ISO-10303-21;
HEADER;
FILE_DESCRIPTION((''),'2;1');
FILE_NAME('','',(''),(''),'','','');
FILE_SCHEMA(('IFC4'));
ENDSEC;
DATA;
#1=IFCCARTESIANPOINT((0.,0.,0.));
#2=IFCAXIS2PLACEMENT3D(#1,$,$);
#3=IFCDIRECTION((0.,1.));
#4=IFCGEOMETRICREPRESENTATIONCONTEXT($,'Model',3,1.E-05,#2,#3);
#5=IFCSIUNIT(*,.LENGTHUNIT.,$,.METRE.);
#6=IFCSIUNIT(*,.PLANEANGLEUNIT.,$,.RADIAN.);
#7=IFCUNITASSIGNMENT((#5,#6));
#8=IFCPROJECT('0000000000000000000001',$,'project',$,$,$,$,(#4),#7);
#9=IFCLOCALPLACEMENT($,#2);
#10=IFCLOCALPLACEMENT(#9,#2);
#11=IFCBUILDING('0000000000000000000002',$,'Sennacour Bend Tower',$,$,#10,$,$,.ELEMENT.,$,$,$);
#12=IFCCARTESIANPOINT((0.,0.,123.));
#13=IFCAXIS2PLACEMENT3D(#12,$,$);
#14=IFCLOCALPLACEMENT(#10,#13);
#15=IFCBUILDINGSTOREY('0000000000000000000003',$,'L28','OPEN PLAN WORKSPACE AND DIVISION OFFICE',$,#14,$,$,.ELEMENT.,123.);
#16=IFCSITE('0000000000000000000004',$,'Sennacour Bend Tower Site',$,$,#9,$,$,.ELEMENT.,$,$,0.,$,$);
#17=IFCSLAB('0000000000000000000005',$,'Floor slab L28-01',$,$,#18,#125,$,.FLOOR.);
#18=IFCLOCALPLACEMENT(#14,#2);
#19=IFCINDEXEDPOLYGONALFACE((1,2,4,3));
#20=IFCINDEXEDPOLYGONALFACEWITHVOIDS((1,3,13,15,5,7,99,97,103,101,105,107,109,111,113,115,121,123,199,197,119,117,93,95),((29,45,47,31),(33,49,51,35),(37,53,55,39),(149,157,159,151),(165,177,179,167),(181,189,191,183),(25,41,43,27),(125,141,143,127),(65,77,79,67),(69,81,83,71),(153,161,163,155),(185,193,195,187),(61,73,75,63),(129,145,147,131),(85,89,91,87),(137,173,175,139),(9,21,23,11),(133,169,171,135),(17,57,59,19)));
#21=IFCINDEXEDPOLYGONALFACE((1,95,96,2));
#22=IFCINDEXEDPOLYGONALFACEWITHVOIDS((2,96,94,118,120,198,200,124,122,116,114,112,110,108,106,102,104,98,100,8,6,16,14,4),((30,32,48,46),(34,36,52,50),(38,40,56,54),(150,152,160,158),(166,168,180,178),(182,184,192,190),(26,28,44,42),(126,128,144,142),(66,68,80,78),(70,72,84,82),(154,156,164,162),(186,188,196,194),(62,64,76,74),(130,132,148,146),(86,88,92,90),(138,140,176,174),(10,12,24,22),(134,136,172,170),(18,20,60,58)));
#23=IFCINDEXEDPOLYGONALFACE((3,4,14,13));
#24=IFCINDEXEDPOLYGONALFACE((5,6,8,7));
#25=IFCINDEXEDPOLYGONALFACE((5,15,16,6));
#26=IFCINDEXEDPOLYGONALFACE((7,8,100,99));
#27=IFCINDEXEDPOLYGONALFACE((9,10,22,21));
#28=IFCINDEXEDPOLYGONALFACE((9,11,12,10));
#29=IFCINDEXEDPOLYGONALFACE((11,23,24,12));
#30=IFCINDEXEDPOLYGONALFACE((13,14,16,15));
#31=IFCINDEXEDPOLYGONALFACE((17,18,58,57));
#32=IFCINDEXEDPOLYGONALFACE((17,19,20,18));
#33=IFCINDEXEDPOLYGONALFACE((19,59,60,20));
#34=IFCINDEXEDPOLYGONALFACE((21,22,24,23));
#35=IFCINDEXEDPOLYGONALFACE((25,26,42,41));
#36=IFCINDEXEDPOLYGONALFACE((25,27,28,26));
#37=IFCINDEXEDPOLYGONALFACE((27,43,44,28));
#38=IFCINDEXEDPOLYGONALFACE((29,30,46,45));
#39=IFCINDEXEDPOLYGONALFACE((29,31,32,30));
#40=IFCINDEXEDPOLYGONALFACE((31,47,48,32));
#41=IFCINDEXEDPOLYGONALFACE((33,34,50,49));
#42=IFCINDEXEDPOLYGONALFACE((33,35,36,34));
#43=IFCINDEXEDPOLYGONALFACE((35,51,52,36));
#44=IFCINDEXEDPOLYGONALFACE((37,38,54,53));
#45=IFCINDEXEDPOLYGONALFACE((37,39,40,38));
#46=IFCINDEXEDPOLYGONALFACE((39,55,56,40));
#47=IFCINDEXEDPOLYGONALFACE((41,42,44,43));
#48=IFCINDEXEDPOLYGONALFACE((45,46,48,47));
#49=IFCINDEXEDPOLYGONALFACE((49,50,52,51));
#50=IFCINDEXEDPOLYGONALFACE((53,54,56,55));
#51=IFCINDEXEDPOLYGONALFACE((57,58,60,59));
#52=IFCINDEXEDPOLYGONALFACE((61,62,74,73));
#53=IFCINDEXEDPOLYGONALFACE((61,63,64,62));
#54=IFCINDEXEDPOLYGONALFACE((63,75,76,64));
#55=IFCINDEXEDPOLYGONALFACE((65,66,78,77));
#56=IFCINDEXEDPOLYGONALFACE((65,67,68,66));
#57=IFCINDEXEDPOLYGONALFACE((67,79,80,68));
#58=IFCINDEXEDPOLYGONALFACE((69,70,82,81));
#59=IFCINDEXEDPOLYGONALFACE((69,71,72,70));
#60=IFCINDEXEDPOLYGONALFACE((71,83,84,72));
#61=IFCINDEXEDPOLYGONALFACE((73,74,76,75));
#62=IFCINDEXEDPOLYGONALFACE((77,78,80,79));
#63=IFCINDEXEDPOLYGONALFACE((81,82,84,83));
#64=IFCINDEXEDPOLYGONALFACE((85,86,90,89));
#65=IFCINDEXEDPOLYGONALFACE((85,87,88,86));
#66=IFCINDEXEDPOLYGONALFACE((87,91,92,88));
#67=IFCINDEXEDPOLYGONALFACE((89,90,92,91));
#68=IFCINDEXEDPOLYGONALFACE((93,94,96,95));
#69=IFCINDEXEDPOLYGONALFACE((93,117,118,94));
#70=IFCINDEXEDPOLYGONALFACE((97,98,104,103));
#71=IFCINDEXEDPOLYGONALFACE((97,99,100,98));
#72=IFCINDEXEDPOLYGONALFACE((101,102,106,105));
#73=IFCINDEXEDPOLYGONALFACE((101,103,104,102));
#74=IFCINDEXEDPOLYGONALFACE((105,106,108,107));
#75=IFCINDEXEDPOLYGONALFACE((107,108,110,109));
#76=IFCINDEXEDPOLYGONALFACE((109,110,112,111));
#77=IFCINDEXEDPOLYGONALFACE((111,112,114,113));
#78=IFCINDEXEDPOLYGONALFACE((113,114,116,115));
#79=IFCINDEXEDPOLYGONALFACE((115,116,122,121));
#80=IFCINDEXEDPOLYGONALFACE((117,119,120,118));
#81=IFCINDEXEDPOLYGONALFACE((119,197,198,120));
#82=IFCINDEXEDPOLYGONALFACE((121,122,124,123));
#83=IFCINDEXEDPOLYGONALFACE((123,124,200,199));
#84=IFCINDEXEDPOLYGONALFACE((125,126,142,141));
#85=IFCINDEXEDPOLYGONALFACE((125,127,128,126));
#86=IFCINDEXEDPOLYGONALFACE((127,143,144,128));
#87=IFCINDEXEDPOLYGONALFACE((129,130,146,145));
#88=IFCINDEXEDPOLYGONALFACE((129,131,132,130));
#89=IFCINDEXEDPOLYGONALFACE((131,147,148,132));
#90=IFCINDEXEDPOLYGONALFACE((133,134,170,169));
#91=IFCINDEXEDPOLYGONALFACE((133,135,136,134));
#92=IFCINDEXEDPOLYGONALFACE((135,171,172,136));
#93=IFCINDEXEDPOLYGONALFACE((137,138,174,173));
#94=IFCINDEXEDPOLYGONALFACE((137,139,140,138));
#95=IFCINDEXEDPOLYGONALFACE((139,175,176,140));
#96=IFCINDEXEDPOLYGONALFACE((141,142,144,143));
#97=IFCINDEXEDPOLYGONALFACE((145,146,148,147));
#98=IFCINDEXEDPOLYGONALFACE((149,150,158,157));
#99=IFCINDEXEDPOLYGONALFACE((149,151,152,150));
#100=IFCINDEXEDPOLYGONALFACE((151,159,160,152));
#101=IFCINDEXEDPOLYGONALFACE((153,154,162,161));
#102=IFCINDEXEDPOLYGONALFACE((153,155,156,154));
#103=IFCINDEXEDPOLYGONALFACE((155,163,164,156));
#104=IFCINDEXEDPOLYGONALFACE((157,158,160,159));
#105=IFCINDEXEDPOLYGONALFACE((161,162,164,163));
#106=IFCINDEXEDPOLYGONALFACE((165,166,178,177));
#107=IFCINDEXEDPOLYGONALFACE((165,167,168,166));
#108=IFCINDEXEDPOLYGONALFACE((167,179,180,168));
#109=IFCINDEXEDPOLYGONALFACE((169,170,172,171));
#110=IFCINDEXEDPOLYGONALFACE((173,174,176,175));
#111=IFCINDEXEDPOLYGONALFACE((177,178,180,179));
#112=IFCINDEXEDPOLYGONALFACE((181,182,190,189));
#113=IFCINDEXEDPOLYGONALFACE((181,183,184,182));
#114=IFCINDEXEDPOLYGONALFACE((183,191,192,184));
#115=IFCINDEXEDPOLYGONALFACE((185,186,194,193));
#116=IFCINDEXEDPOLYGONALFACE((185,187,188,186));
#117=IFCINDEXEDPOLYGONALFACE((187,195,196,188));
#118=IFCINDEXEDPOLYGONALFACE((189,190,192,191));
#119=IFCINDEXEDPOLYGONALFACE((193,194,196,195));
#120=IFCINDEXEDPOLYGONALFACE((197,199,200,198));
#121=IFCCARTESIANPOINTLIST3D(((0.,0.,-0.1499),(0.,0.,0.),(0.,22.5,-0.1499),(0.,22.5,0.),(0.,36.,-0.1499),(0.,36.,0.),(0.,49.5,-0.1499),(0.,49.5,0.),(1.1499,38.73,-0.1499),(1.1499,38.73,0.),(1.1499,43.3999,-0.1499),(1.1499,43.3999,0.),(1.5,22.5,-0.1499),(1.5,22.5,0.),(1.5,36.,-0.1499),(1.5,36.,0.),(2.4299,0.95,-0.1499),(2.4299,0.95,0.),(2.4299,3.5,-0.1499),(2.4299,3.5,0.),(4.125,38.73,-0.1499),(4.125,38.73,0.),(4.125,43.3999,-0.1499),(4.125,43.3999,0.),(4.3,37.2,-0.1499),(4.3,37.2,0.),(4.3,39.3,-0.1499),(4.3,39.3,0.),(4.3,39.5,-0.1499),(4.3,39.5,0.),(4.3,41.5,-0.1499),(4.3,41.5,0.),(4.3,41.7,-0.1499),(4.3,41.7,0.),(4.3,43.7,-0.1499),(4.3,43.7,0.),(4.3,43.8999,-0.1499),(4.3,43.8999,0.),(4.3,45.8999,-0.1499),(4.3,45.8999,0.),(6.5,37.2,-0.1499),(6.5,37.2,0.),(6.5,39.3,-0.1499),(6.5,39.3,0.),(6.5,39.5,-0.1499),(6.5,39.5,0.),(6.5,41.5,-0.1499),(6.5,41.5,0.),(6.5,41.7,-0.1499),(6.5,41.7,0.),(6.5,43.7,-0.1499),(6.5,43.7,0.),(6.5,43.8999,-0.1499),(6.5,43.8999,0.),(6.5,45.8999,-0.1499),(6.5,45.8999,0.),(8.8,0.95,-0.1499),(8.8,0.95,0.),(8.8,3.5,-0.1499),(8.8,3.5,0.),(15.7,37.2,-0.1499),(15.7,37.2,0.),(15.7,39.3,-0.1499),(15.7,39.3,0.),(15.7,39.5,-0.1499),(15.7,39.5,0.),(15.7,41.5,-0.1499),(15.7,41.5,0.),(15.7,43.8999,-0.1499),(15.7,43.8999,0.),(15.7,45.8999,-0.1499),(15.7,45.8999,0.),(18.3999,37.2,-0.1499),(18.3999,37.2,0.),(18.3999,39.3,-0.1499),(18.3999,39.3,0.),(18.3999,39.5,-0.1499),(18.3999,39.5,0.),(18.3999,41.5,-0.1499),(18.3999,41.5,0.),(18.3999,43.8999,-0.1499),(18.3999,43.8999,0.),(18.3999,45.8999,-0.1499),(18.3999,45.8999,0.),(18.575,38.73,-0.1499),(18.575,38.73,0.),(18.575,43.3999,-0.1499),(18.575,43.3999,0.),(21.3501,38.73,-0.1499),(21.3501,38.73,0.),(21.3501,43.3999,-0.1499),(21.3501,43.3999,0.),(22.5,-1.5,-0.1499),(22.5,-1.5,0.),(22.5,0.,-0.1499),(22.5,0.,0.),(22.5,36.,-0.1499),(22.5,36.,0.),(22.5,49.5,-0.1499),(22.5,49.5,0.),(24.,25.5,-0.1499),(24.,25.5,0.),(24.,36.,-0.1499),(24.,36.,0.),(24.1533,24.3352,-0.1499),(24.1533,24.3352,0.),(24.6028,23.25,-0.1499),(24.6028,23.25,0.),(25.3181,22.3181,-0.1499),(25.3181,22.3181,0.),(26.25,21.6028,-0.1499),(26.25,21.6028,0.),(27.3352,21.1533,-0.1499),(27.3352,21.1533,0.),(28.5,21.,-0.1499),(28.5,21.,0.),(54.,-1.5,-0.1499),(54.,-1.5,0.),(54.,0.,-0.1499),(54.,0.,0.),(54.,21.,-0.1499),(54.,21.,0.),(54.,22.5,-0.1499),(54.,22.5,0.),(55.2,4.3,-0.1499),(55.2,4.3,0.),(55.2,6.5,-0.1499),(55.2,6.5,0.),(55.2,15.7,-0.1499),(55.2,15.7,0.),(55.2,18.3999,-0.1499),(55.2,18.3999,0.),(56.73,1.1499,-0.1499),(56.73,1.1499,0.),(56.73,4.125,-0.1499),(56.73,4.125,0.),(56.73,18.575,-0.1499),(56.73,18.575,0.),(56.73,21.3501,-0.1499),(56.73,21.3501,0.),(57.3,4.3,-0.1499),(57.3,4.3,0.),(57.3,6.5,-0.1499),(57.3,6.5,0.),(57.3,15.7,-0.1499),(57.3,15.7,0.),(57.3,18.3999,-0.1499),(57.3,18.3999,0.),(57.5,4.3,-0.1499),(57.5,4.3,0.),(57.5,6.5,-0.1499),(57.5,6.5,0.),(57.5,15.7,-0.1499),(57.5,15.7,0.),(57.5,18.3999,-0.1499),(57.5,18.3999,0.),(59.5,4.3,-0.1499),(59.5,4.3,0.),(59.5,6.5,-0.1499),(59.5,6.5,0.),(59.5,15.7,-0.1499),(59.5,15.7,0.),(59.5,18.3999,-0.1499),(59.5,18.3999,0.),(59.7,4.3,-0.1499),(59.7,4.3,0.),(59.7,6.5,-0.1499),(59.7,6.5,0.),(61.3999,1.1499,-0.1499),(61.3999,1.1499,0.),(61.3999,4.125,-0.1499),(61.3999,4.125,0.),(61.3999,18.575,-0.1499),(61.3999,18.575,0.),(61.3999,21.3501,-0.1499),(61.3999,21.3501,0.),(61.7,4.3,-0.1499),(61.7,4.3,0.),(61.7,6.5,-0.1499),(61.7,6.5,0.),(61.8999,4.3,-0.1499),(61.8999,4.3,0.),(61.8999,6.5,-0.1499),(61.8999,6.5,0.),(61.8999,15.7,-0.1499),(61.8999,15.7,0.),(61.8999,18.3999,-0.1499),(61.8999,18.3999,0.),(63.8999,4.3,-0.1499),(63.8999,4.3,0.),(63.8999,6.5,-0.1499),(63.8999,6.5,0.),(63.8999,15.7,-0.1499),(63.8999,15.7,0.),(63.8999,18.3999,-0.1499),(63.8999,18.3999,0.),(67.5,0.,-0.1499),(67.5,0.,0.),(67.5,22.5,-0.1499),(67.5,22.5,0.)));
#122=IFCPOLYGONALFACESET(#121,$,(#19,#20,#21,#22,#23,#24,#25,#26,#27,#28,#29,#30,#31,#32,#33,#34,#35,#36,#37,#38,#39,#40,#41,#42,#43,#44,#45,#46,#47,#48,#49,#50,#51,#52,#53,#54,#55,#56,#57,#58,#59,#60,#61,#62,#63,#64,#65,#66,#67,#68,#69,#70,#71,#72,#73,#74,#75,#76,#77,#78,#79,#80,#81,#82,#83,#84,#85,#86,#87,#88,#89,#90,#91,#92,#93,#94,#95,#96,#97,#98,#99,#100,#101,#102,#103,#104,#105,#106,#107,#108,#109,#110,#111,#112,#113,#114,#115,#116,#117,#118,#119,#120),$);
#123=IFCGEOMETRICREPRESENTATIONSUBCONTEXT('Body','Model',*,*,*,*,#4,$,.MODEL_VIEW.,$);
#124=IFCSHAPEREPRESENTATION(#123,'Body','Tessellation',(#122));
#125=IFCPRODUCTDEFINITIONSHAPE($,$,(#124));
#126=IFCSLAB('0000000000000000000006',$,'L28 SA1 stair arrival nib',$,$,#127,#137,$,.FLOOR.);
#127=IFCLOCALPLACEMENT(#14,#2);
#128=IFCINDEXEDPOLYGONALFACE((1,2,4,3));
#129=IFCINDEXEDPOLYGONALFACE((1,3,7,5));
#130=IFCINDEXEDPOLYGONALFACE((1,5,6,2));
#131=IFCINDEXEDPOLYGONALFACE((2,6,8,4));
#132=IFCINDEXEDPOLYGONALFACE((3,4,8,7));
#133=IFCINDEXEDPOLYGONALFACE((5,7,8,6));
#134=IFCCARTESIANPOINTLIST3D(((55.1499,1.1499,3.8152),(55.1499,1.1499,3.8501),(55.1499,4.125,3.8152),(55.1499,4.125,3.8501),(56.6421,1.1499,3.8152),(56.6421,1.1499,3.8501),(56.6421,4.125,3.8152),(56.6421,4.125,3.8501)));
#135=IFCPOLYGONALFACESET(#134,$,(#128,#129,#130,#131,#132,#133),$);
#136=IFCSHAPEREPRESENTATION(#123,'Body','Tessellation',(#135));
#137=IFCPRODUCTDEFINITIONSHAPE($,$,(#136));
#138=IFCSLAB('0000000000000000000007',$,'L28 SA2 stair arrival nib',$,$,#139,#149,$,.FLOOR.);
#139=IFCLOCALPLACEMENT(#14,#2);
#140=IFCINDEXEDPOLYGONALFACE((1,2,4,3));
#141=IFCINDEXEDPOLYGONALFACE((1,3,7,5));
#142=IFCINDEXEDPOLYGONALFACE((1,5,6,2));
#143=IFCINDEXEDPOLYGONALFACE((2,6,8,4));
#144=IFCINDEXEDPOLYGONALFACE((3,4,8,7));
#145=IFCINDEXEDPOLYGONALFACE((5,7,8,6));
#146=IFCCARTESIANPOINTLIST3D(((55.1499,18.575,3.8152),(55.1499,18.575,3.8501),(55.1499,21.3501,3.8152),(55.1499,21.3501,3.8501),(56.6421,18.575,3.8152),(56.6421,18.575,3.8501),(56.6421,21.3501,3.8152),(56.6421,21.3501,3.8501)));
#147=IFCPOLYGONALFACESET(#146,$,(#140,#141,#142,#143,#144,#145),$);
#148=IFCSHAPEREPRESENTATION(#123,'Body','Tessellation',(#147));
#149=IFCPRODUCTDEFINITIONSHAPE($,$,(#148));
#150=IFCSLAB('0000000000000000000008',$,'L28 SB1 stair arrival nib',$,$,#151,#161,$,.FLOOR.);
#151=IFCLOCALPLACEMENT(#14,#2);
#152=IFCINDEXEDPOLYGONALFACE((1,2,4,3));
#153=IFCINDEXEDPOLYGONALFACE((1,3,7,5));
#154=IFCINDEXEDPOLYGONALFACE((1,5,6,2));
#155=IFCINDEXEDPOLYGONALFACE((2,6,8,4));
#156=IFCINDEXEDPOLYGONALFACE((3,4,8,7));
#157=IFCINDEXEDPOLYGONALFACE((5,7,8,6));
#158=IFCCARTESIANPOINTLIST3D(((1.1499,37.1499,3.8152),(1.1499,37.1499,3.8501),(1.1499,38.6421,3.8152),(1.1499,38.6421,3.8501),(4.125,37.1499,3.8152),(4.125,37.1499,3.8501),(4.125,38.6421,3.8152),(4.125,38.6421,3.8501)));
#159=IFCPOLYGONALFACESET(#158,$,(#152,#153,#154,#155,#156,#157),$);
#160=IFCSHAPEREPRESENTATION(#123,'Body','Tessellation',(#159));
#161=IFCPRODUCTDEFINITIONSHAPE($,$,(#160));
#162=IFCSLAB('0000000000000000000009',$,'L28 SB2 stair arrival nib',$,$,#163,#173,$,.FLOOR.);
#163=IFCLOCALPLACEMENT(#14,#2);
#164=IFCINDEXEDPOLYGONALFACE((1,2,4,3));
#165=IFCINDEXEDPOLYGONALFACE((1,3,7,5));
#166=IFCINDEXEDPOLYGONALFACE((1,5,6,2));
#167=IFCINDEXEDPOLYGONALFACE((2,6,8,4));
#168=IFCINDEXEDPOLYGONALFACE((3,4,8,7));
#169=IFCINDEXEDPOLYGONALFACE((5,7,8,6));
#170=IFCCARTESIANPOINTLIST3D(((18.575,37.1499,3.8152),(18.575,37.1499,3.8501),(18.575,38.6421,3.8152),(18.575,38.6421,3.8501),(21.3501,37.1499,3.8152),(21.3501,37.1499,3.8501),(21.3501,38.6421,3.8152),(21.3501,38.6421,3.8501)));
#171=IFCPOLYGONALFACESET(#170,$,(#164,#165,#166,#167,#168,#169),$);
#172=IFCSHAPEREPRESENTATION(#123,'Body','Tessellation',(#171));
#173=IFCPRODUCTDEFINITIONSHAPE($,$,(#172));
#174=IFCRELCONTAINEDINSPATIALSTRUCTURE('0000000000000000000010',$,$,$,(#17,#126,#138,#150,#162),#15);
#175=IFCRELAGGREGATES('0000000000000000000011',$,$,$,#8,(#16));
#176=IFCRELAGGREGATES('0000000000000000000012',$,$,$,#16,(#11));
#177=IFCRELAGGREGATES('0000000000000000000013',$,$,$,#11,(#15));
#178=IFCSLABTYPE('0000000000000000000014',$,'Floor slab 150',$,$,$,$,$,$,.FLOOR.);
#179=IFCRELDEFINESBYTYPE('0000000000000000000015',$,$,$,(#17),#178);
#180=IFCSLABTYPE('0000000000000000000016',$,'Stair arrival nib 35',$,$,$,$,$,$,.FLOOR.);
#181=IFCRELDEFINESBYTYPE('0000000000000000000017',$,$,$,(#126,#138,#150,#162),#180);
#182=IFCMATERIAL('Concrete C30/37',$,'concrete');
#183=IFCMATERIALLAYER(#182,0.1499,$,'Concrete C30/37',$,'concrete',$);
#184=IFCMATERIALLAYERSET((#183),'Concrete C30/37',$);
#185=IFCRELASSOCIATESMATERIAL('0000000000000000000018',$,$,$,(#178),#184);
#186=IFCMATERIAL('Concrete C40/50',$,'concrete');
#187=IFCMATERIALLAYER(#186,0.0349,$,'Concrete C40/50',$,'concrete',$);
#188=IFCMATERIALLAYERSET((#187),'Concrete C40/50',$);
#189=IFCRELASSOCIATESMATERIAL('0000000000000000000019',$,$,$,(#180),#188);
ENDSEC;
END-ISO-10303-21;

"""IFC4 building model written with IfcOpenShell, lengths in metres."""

from ifc_helpers import new_model, si_unit, direction, frame, origin, place, context, subcontext, project, spatial, polyline, outline, extrude, material, layer, layer_set, type_object, element, save


model = new_model("IFC4")

# Units and contexts
model_context = context("Model", 3, precision=1e-05, world=origin(), true_north=direction((0.0, 1.0)))
body_context = subcontext(model_context, "Body", "Model", "MODEL_VIEW")
ifc_project = project(units=[si_unit("LENGTHUNIT", "METRE"), si_unit("PLANEANGLEUNIT", "RADIAN")], contexts=[model_context])

# Site, building, storey
site_placement = place(None, origin())
site = spatial("IfcSite", under=ifc_project, at=site_placement, Name="Sennacour Bend Tower Site", CompositionType="ELEMENT", RefElevation=0.0)
building_placement = place(site_placement, origin())
building = spatial("IfcBuilding", under=site, at=building_placement, Name="Sennacour Bend Tower", CompositionType="ELEMENT")
storey_placement = place(building_placement, frame((0.0, 0.0, 123.0)))
storey = spatial("IfcBuildingStorey", under=building, at=storey_placement, Name="L28", Description="OPEN PLAN WORKSPACE AND DIVISION OFFICE", CompositionType="ELEMENT", Elevation=123.0)

# Slabs
ifc_material_1 = material(Name="Concrete C30/37", Category="concrete")
ifc_layer_1 = layer(ifc_material_1, 0.1499, Name="Concrete C30/37", Category="concrete")
ifc_layer_set_1 = layer_set([ifc_layer_1], Name="Concrete C30/37")
slab_type_1 = type_object("IfcSlabType", Name="Floor slab 150", PredefinedType="FLOOR", material=ifc_layer_set_1)
slab_1_placement = place(storey_placement, frame((0.0, 0.0, -0.1499)))
element("IfcSlab", 1, at=slab_1_placement, inside=storey, type_object=slab_type_1, Name="Floor slab L28-01", PredefinedType="FLOOR", context=body_context, shape_type="SweptSolid", body=[
    extrude(outline(polyline([(22.5, 0.0), (0.0, 0.0), (0.0, 22.5), (1.5, 22.5), (1.5, 36.0), (0.0, 36.0), (0.0, 49.5), (22.5, 49.5), (22.5, 36.0), (24.0, 36.0), (24.0, 25.5), (24.1533, 24.3352), (24.6028, 23.25), (25.3181, 22.3181), (26.25, 21.6028), (27.3352, 21.1533), (28.5, 21.0), (54.0, 21.0), (54.0, 22.5), (67.5, 22.5), (67.5, 0.0), (54.0, 0.0), (54.0, -1.5), (22.5, -1.5), (22.5, 0.0)]), holes=[polyline([(8.8, 0.95), (8.8, 3.5), (2.4299, 3.5), (2.4299, 0.95), (8.8, 0.95)]), polyline([(6.5, 37.2), (6.5, 39.3), (4.3, 39.3), (4.3, 37.2), (6.5, 37.2)]), polyline([(18.3999, 37.2), (18.3999, 39.3), (15.7, 39.3), (15.7, 37.2), (18.3999, 37.2)]), polyline([(6.5, 39.5), (6.5, 41.5), (4.3, 41.5), (4.3, 39.5), (6.5, 39.5)]), polyline([(18.3999, 39.5), (18.3999, 41.5), (15.7, 41.5), (15.7, 39.5), (18.3999, 39.5)]), polyline([(4.125, 38.73), (4.125, 43.3999), (1.1499, 43.3999), (1.1499, 38.73), (4.125, 38.73)]), polyline([(21.3501, 38.73), (21.3501, 43.3999), (18.575, 43.3999), (18.575, 38.73), (21.3501, 38.73)]), polyline([(4.3, 41.7), (6.5, 41.7), (6.5, 43.7), (4.3, 43.7), (4.3, 41.7)]), polyline([(4.3, 43.8999), (6.5, 43.8999), (6.5, 45.8999), (4.3, 45.8999), (4.3, 43.8999)]), polyline([(18.3999, 43.8999), (18.3999, 45.8999), (15.7, 45.8999), (15.7, 43.8999), (18.3999, 43.8999)]), polyline([(61.3999, 1.1499), (61.3999, 4.125), (56.73, 4.125), (56.73, 1.1499), (61.3999, 1.1499)]), polyline([(57.3, 4.3), (57.3, 6.5), (55.2, 6.5), (55.2, 4.3), (57.3, 4.3)]), polyline([(57.5, 4.3), (59.5, 4.3), (59.5, 6.5), (57.5, 6.5), (57.5, 4.3)]), polyline([(59.7, 4.3), (61.7, 4.3), (61.7, 6.5), (59.7, 6.5), (59.7, 4.3)]), polyline([(63.8999, 4.3), (63.8999, 6.5), (61.8999, 6.5), (61.8999, 4.3), (63.8999, 4.3)]), polyline([(57.3, 15.7), (57.3, 18.3999), (55.2, 18.3999), (55.2, 15.7), (57.3, 15.7)]), polyline([(59.5, 15.7), (59.5, 18.3999), (57.5, 18.3999), (57.5, 15.7), (59.5, 15.7)]), polyline([(61.8999, 15.7), (63.8999, 15.7), (63.8999, 18.3999), (61.8999, 18.3999), (61.8999, 15.7)]), polyline([(56.73, 18.575), (61.3999, 18.575), (61.3999, 21.3501), (56.73, 21.3501), (56.73, 18.575)])]), origin(), (0.0, 0.0, 1.0), 0.1499),
])
ifc_material_2 = material(Name="Concrete C40/50", Category="concrete")
ifc_layer_2 = layer(ifc_material_2, 0.0349, Name="Concrete C40/50", Category="concrete")
ifc_layer_set_2 = layer_set([ifc_layer_2], Name="Concrete C40/50")
slab_type_2 = type_object("IfcSlabType", Name="Stair arrival nib 35", PredefinedType="FLOOR", material=ifc_layer_set_2)
slab_2_placement = place(storey_placement, frame((0.0, 0.0, 3.8152)))
element("IfcSlab", 2, at=slab_2_placement, inside=storey, type_object=slab_type_2, Name="L28 SA1 stair arrival nib", PredefinedType="FLOOR", context=body_context, shape_type="SweptSolid", body=[
    extrude(outline(polyline([(56.6421, 4.125), (55.1499, 4.125), (55.1499, 1.1499), (56.6421, 1.1499), (56.6421, 4.125)])), origin(), (0.0, 0.0, 1.0), 0.0349),
])
slab_3_placement = place(storey_placement, frame((0.0, 0.0, 3.8152)))
element("IfcSlab", 3, at=slab_3_placement, inside=storey, type_object=slab_type_2, Name="L28 SA2 stair arrival nib", PredefinedType="FLOOR", context=body_context, shape_type="SweptSolid", body=[
    extrude(outline(polyline([(56.6421, 21.3501), (55.1499, 21.3501), (55.1499, 18.575), (56.6421, 18.575), (56.6421, 21.3501)])), origin(), (0.0, 0.0, 1.0), 0.0349),
])
slab_4_placement = place(storey_placement, frame((0.0, 0.0, 3.8152)))
element("IfcSlab", 4, at=slab_4_placement, inside=storey, type_object=slab_type_2, Name="L28 SB1 stair arrival nib", PredefinedType="FLOOR", context=body_context, shape_type="SweptSolid", body=[
    extrude(outline(polyline([(1.1499, 38.6421), (1.1499, 37.1499), (4.125, 37.1499), (4.125, 38.6421), (1.1499, 38.6421)])), origin(), (0.0, 0.0, 1.0), 0.0349),
])
slab_5_placement = place(storey_placement, frame((0.0, 0.0, 3.8152)))
element("IfcSlab", 5, at=slab_5_placement, inside=storey, type_object=slab_type_2, Name="L28 SB2 stair arrival nib", PredefinedType="FLOOR", context=body_context, shape_type="SweptSolid", body=[
    extrude(outline(polyline([(18.575, 38.6421), (18.575, 37.1499), (21.3501, 37.1499), (21.3501, 38.6421), (18.575, 38.6421)])), origin(), (0.0, 0.0, 1.0), 0.0349),
])

save(model, "model.ifc")
